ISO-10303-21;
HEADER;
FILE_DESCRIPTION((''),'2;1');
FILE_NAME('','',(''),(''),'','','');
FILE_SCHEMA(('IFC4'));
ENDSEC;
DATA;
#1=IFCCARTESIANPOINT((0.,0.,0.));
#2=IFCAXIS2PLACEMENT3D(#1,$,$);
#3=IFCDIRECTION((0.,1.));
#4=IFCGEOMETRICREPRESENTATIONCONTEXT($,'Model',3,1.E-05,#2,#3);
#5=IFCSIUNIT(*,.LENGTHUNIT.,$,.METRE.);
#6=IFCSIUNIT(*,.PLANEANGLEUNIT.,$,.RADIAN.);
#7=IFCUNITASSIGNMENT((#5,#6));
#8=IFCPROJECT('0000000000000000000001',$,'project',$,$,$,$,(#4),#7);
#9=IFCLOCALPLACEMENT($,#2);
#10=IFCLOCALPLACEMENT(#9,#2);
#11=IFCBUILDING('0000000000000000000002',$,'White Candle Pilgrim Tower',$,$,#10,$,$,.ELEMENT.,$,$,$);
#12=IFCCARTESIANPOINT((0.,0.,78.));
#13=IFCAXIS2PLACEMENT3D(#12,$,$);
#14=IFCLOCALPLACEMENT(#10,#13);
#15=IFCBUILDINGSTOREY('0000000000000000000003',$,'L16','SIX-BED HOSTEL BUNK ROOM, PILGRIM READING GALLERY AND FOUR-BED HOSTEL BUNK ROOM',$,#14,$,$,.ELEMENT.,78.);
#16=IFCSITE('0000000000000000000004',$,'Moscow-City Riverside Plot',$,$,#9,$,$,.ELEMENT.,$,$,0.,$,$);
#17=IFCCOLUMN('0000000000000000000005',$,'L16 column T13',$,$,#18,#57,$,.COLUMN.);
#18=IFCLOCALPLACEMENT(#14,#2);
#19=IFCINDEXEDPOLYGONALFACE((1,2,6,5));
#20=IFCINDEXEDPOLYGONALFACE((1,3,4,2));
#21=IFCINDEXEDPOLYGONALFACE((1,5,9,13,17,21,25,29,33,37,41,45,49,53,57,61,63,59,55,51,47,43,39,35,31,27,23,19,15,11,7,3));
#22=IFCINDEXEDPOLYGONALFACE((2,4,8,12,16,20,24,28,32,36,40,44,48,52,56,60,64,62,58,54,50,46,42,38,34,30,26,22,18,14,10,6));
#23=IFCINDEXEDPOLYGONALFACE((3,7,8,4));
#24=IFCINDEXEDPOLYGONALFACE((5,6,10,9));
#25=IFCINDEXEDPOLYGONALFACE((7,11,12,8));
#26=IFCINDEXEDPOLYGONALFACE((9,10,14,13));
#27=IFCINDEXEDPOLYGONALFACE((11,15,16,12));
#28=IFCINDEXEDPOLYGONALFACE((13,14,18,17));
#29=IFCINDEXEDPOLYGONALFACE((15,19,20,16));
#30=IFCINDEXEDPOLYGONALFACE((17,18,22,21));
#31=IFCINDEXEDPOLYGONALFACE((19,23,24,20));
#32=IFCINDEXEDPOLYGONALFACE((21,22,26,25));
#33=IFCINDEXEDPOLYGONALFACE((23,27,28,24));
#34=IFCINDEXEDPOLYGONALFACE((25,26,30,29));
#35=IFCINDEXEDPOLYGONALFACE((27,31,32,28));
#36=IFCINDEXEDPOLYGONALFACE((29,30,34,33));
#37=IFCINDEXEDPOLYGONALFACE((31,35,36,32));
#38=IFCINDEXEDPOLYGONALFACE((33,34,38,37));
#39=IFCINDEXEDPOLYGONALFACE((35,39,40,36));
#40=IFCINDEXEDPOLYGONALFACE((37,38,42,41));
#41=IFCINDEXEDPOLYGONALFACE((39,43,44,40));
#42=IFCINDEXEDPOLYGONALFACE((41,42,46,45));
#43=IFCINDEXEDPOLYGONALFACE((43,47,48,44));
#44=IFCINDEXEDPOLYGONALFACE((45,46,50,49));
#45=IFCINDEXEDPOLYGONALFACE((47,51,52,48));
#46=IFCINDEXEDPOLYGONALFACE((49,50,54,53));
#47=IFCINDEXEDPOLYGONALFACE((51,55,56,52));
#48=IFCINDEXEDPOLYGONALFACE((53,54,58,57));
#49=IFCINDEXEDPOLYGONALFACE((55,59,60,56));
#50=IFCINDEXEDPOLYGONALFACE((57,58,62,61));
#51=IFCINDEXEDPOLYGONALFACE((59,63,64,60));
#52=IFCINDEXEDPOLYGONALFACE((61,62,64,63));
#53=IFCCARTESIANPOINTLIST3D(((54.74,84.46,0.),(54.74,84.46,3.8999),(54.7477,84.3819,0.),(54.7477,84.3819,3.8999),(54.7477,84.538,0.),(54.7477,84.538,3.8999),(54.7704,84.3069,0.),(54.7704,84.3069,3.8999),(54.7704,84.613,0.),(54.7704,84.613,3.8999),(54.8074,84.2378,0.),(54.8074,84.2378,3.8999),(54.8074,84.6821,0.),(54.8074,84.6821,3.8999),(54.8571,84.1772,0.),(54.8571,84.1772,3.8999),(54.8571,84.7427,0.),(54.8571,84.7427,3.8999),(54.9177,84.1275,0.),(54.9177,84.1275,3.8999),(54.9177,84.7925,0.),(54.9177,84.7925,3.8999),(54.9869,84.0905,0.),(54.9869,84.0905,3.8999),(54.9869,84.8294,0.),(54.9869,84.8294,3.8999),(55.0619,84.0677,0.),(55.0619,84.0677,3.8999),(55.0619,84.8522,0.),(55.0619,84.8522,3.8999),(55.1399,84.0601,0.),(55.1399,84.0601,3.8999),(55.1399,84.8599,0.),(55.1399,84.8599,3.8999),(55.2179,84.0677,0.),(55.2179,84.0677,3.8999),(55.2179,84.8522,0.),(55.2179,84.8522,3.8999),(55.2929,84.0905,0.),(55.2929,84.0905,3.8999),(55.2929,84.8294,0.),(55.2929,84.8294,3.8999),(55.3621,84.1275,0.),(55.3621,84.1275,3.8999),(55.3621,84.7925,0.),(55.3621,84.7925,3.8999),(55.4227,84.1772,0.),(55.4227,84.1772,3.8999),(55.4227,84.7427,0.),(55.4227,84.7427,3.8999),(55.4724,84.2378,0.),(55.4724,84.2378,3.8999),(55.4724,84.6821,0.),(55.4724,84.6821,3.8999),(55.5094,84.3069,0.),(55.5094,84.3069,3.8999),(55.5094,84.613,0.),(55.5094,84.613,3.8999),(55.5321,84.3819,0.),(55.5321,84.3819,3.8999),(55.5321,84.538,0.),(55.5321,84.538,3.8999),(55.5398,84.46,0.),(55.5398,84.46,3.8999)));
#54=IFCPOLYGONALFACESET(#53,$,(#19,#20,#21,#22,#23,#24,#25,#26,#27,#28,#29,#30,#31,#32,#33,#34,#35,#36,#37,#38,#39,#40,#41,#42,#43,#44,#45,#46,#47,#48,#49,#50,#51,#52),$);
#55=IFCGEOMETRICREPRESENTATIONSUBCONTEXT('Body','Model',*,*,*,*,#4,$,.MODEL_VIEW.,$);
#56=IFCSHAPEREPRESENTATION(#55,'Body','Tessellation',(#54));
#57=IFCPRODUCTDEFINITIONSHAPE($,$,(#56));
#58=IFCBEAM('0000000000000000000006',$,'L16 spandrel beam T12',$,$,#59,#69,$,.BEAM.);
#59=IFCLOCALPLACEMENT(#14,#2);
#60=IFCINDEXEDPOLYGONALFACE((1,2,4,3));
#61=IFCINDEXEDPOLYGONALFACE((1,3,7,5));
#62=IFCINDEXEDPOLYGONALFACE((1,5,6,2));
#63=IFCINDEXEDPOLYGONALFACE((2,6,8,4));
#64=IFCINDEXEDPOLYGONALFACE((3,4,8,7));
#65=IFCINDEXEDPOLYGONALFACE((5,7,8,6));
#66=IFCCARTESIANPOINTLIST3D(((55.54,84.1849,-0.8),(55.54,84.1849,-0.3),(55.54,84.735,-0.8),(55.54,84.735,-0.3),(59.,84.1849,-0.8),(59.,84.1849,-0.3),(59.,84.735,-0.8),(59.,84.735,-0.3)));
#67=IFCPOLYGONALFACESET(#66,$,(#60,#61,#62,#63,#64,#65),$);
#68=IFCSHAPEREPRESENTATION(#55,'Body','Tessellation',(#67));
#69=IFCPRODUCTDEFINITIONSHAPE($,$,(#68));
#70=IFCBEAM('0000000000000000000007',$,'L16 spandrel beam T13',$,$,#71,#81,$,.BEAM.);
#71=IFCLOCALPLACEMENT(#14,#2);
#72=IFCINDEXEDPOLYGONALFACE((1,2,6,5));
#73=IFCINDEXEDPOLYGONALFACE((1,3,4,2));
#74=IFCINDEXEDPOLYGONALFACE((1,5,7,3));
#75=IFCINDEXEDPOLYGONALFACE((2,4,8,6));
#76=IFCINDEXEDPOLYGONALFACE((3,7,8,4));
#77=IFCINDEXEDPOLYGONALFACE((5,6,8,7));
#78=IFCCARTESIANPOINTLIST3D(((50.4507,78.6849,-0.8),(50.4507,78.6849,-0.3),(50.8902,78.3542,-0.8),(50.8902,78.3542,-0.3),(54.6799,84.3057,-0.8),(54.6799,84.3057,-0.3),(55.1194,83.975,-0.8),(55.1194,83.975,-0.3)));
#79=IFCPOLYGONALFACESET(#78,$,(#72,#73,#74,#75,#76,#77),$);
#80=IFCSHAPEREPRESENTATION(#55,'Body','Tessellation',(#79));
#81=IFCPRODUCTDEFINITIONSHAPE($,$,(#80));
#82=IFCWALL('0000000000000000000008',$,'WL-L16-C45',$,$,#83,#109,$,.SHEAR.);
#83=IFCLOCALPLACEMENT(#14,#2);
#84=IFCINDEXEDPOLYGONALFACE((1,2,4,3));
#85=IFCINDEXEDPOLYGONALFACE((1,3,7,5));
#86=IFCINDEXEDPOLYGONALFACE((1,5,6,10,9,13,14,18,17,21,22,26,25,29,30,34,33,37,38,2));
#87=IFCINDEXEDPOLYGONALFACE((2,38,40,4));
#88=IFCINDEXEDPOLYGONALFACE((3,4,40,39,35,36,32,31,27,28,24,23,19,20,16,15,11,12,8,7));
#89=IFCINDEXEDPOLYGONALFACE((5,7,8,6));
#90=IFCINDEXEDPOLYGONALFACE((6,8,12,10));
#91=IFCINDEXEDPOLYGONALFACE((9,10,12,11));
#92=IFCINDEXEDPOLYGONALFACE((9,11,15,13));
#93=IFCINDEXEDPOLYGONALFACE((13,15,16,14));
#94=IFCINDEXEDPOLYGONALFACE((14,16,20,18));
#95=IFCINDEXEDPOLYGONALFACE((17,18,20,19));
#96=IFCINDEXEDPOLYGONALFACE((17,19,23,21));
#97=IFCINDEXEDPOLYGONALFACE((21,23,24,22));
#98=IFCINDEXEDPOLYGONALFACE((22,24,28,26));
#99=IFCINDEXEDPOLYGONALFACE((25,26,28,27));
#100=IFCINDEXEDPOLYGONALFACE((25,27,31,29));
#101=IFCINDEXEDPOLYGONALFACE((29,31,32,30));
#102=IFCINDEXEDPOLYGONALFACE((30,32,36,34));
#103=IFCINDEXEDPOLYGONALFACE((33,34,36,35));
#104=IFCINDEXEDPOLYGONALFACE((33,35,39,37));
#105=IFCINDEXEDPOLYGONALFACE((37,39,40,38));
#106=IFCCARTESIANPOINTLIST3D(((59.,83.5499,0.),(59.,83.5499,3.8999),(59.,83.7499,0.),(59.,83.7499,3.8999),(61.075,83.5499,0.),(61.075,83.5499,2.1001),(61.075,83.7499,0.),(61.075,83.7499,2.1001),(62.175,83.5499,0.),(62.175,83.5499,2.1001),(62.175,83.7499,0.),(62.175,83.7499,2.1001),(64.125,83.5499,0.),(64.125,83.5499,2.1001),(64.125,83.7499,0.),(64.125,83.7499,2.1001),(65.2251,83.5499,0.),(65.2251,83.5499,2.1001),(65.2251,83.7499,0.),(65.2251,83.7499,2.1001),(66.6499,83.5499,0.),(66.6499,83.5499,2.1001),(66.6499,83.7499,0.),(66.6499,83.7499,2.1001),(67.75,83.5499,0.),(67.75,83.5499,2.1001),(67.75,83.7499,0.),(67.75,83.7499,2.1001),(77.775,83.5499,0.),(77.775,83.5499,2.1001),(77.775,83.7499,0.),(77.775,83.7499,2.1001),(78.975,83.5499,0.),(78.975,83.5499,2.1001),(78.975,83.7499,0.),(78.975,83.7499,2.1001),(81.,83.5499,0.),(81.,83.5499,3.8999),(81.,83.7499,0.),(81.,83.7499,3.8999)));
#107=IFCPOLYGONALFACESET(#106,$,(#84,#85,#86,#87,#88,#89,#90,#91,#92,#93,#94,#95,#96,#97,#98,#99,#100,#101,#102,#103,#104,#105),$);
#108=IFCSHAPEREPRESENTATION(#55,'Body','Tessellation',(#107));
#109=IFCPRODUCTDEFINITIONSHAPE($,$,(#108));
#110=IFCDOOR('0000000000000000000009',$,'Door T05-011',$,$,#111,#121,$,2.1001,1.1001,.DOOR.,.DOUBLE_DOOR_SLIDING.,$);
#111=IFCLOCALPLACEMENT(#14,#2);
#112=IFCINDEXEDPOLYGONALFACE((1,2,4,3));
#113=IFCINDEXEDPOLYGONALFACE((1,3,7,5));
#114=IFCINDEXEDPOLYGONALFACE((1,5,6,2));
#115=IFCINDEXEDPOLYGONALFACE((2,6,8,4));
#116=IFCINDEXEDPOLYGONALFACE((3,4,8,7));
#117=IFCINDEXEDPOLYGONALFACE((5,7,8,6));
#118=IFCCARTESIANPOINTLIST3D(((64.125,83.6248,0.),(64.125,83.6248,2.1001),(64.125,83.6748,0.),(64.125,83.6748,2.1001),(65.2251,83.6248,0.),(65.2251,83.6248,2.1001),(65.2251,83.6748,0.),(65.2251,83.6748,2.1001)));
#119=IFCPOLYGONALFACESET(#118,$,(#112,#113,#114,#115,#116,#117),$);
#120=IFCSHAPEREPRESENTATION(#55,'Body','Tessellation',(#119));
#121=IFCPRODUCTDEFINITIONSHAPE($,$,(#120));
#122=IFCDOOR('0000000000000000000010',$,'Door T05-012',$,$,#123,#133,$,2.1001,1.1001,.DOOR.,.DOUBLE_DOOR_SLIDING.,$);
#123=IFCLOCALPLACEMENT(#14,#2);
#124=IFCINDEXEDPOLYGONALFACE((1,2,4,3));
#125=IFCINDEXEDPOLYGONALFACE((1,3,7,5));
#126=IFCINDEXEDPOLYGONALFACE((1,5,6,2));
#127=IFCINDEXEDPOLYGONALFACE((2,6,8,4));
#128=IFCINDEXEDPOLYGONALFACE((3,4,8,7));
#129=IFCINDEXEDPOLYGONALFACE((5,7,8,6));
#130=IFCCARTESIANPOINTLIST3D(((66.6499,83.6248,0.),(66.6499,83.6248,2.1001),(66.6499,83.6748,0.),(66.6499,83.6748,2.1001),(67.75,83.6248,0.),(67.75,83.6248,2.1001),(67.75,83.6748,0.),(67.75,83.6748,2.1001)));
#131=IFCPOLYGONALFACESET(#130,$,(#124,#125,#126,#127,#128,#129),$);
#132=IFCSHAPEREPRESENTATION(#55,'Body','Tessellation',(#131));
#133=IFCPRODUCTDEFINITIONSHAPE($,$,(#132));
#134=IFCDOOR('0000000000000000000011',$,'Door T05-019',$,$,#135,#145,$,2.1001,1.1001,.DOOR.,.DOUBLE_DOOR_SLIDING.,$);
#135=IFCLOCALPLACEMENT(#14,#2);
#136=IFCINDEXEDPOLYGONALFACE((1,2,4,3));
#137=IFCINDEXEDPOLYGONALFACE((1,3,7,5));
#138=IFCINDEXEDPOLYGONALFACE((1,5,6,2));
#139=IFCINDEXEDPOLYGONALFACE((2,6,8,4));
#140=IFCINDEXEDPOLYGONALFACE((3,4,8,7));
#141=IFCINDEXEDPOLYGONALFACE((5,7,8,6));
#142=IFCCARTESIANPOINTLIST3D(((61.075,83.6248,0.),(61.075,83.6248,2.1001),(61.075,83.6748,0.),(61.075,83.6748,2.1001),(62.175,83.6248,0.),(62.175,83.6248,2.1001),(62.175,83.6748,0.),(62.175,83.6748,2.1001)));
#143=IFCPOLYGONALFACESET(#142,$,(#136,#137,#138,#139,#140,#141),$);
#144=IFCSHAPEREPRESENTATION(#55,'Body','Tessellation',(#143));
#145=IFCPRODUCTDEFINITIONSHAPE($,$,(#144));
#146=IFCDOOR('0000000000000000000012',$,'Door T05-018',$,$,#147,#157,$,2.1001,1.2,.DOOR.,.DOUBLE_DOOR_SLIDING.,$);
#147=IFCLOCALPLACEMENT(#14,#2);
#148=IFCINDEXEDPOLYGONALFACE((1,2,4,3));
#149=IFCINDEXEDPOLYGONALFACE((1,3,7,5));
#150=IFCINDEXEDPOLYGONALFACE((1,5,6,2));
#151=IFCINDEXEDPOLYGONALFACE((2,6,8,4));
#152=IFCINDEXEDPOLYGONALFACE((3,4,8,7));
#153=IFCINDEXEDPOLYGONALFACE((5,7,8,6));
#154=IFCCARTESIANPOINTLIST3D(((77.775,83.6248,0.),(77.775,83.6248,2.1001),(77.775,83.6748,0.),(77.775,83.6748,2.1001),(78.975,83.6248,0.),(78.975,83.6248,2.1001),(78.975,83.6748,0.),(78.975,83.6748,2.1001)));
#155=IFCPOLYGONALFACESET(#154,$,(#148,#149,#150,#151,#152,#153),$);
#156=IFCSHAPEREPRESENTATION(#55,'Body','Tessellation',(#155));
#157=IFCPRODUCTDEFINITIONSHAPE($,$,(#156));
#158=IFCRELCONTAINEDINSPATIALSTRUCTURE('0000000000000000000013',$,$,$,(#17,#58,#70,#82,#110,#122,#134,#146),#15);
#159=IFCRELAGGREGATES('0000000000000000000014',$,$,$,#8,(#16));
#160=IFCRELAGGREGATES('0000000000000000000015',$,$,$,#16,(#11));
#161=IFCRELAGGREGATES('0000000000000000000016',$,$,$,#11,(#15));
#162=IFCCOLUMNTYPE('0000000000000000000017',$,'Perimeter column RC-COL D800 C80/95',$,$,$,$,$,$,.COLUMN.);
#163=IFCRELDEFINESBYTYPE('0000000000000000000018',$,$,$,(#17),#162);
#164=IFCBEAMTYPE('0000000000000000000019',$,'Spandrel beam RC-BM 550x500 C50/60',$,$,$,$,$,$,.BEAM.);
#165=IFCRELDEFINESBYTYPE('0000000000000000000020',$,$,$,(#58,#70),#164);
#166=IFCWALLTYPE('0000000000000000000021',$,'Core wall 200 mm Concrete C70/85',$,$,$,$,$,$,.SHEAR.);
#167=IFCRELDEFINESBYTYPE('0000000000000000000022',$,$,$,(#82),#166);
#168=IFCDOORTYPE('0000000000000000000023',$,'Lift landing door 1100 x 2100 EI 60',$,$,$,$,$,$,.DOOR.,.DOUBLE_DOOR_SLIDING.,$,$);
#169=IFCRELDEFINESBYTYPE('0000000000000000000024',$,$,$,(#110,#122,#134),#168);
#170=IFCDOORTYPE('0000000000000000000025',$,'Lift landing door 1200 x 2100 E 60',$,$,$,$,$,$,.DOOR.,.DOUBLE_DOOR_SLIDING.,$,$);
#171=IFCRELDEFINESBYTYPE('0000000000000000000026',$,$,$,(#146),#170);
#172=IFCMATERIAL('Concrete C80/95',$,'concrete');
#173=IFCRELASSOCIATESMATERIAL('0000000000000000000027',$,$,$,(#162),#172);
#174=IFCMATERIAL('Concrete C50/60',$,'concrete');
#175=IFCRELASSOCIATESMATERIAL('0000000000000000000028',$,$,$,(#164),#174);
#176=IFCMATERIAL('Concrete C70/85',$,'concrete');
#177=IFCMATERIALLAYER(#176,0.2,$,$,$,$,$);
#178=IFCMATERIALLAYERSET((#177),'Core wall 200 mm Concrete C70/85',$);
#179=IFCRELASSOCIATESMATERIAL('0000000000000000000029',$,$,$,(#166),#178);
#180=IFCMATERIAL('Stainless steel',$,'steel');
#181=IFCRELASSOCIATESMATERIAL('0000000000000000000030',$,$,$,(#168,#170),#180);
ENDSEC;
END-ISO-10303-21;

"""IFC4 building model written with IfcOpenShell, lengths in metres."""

from ifc_helpers import new_model, si_unit, direction, frame, frame_2d, origin, origin_2d, place, context, subcontext, project, spatial, rectangle, circle, extrude, material, layer, layer_set, material_profile, profile_set, type_object, element, fill, save


model = new_model("IFC4")

# Units and contexts
model_context = context("Model", 3, precision=1e-05, world=origin(), true_north=direction((0.0, 1.0)))
body_context = subcontext(model_context, "Body", "Model", "MODEL_VIEW")
ifc_project = project(units=[si_unit("LENGTHUNIT", "METRE"), si_unit("PLANEANGLEUNIT", "RADIAN")], contexts=[model_context])

# Site, building, storey
site_placement = place(None, origin())
site = spatial("IfcSite", under=ifc_project, at=site_placement, Name="Moscow-City Riverside Plot", CompositionType="ELEMENT", RefElevation=0.0)
building_placement = place(site_placement, origin())
building = spatial("IfcBuilding", under=site, at=building_placement, Name="White Candle Pilgrim Tower", CompositionType="ELEMENT")
storey_placement = place(building_placement, frame((0.0, 0.0, 78.0)))
storey = spatial("IfcBuildingStorey", under=building, at=storey_placement, Name="L16", Description="SIX-BED HOSTEL BUNK ROOM, PILGRIM READING GALLERY AND FOUR-BED HOSTEL BUNK ROOM", CompositionType="ELEMENT", Elevation=78.0)

# Column
ifc_material_1 = material(Name="Concrete C80/95", Category="concrete")
ifc_material_profile_1 = material_profile(ifc_material_1, circle(Radius=0.3999, at=origin_2d()), Name="RC-COL D800")
ifc_profile_set_1 = profile_set([ifc_material_profile_1], Name="Concrete C80/95")
column_type = type_object("IfcColumnType", Name="Perimeter column RC-COL D800 C80/95", PredefinedType="COLUMN", material=ifc_profile_set_1)
column_placement = place(storey_placement, frame((55.1399, 84.46, 0.0), z_axis=(0.0, 0.0, 1.0), x_axis=(1.0, 0.0, 0.0)))
element("IfcColumn", 1, at=column_placement, inside=storey, type_object=column_type, Name="L16 column T13", PredefinedType="COLUMN", context=body_context, shape_type="SweptSolid", body=[
    extrude(circle(Radius=0.3999, at=origin_2d()), origin(), (0.0, 0.0, 1.0), 3.8999),
])

# Beams
ifc_material_2 = material(Name="Concrete C50/60", Category="concrete")
ifc_material_profile_2 = material_profile(ifc_material_2, rectangle(XDim=0.55, YDim=0.5, at=origin_2d()), Name="RC-BM 550x500")
ifc_profile_set_2 = profile_set([ifc_material_profile_2], Name="Concrete C50/60")
beam_type = type_object("IfcBeamType", Name="Spandrel beam RC-BM 550x500 C50/60", PredefinedType="BEAM", material=ifc_profile_set_2)
beam_1_placement = place(storey_placement, frame((55.54, 84.46, -0.55), z_axis=(1.0, 0.0, 0.0), x_axis=(0.0, 1.0, 0.0)))
element("IfcBeam", 2, at=beam_1_placement, inside=storey, type_object=beam_type, Name="L16 spandrel beam T12", PredefinedType="BEAM", context=body_context, shape_type="SweptSolid", body=[
    extrude(rectangle(XDim=0.55, YDim=0.5, at=origin_2d()), origin(), (0.0, 0.0, 1.0), 3.46),
])
beam_2_placement = place(storey_placement, frame((54.8997, 84.1404, -0.55), z_axis=(-0.601238, -0.79907, 0.0), x_axis=(0.79907, -0.601238, 0.0)))
element("IfcBeam", 3, at=beam_2_placement, inside=storey, type_object=beam_type, Name="L16 spandrel beam T13", PredefinedType="BEAM", context=body_context, shape_type="SweptSolid", body=[
    extrude(rectangle(XDim=0.55, YDim=0.5, at=origin_2d()), origin(), (0.0, 0.0, 1.0), 7.0342),
])

# Wall, openings, doors
ifc_material_3 = material(Name="Concrete C70/85", Category="concrete")
ifc_layer_1 = layer(ifc_material_3, 0.2)
ifc_layer_set_1 = layer_set([ifc_layer_1], Name="Core wall 200 mm Concrete C70/85")
wall_type_1 = type_object("IfcWallType", Name="Core wall 200 mm Concrete C70/85", PredefinedType="SHEAR", material=ifc_layer_set_1)
wall_1_placement = place(storey_placement, frame((59.0, 83.6499, 0.0), z_axis=(0.0, 0.0, 1.0), x_axis=(1.0, 0.0, 0.0)))
wall_1 = element("IfcWall", 4, at=wall_1_placement, inside=storey, type_object=wall_type_1, Name="WL-L16-C45", PredefinedType="SHEAR", context=body_context, shape_type="SweptSolid", body=[
    extrude(rectangle(XDim=22.0, YDim=0.2, at=frame_2d((11.0, 0.0))), origin(), (0.0, 0.0, 1.0), 3.8999),
])
opening_1_placement = place(wall_1_placement, frame((5.125, 0.0, 0.0)))
opening_1 = element("IfcOpeningElement", 5, at=opening_1_placement, cuts=wall_1, PredefinedType="OPENING", context=body_context, shape_type="SweptSolid", body=[
    extrude(rectangle(XDim=1.1001, YDim=2.1001, at=frame_2d((0.55, 1.05))), frame((0.0, 0.1099, 0.0), z_axis=(0.0, -1.0, 0.0), x_axis=(1.0, 0.0, 0.0)), (0.0, 0.0, 1.0), 0.22),
])
opening_2_placement = place(wall_1_placement, frame((7.6499, 0.0, 0.0)))
opening_2 = element("IfcOpeningElement", 6, at=opening_2_placement, cuts=wall_1, PredefinedType="OPENING", context=body_context, shape_type="SweptSolid", body=[
    extrude(rectangle(XDim=1.1001, YDim=2.1001, at=frame_2d((0.55, 1.05))), frame((0.0, 0.1099, 0.0), z_axis=(0.0, -1.0, 0.0), x_axis=(1.0, 0.0, 0.0)), (0.0, 0.0, 1.0), 0.22),
])
opening_3_placement = place(wall_1_placement, frame((18.7749, 0.0, 0.0)))
opening_3 = element("IfcOpeningElement", 7, at=opening_3_placement, cuts=wall_1, PredefinedType="OPENING", context=body_context, shape_type="SweptSolid", body=[
    extrude(rectangle(XDim=1.2, YDim=2.1001, at=frame_2d((0.6001, 1.05))), frame((0.0, 0.1099, 0.0), z_axis=(0.0, -1.0, 0.0), x_axis=(1.0, 0.0, 0.0)), (0.0, 0.0, 1.0), 0.22),
])
opening_4_placement = place(wall_1_placement, frame((2.075, 0.0, 0.0)))
opening_4 = element("IfcOpeningElement", 8, at=opening_4_placement, cuts=wall_1, PredefinedType="OPENING", context=body_context, shape_type="SweptSolid", body=[
    extrude(rectangle(XDim=1.1001, YDim=2.1001, at=frame_2d((0.55, 1.05))), frame((0.0, 0.1099, 0.0), z_axis=(0.0, -1.0, 0.0), x_axis=(1.0, 0.0, 0.0)), (0.0, 0.0, 1.0), 0.22),
])
ifc_material_4 = material(Name="Stainless steel", Category="steel")
door_type_1 = type_object("IfcDoorType", Name="Lift landing door 1100 x 2100 EI 60", OperationType="DOUBLE_DOOR_SLIDING", PredefinedType="DOOR", material=ifc_material_4)
door_1_placement = place(opening_1_placement, origin())
door_1 = element("IfcDoor", 9, at=door_1_placement, inside=storey, type_object=door_type_1, Name="Door T05-011", OperationType="DOUBLE_DOOR_SLIDING", OverallHeight=2.1001, OverallWidth=1.1001, PredefinedType="DOOR", context=body_context, shape_type="SweptSolid", body=[
    extrude(rectangle(XDim=1.1001, YDim=2.1001, at=frame_2d((0.55, 1.05))), frame((0.0, 0.0249, 0.0), z_axis=(0.0, -1.0, 0.0), x_axis=(1.0, 0.0, 0.0)), (0.0, 0.0, 1.0), 0.05),
])
fill(opening_1, door_1)
door_2_placement = place(opening_2_placement, origin())
door_2 = element("IfcDoor", 10, at=door_2_placement, inside=storey, type_object=door_type_1, Name="Door T05-012", OperationType="DOUBLE_DOOR_SLIDING", OverallHeight=2.1001, OverallWidth=1.1001, PredefinedType="DOOR", context=body_context, shape_type="SweptSolid", body=[
    extrude(rectangle(XDim=1.1001, YDim=2.1001, at=frame_2d((0.55, 1.05))), frame((0.0, 0.0249, 0.0), z_axis=(0.0, -1.0, 0.0), x_axis=(1.0, 0.0, 0.0)), (0.0, 0.0, 1.0), 0.05),
])
fill(opening_2, door_2)
door_3_placement = place(opening_4_placement, origin())
door_3 = element("IfcDoor", 11, at=door_3_placement, inside=storey, type_object=door_type_1, Name="Door T05-019", OperationType="DOUBLE_DOOR_SLIDING", OverallHeight=2.1001, OverallWidth=1.1001, PredefinedType="DOOR", context=body_context, shape_type="SweptSolid", body=[
    extrude(rectangle(XDim=1.1001, YDim=2.1001, at=frame_2d((0.55, 1.05))), frame((0.0, 0.0249, 0.0), z_axis=(0.0, -1.0, 0.0), x_axis=(1.0, 0.0, 0.0)), (0.0, 0.0, 1.0), 0.05),
])
fill(opening_4, door_3)
door_type_2 = type_object("IfcDoorType", Name="Lift landing door 1200 x 2100 E 60", OperationType="DOUBLE_DOOR_SLIDING", PredefinedType="DOOR", material=ifc_material_4)
door_4_placement = place(opening_3_placement, origin())
door_4 = element("IfcDoor", 12, at=door_4_placement, inside=storey, type_object=door_type_2, Name="Door T05-018", OperationType="DOUBLE_DOOR_SLIDING", OverallHeight=2.1001, OverallWidth=1.2, PredefinedType="DOOR", context=body_context, shape_type="SweptSolid", body=[
    extrude(rectangle(XDim=1.2, YDim=2.1001, at=frame_2d((0.6001, 1.05))), frame((0.0, 0.0249, 0.0), z_axis=(0.0, -1.0, 0.0), x_axis=(1.0, 0.0, 0.0)), (0.0, 0.0, 1.0), 0.05),
])
fill(opening_3, door_4)

save(model, "model.ifc")
